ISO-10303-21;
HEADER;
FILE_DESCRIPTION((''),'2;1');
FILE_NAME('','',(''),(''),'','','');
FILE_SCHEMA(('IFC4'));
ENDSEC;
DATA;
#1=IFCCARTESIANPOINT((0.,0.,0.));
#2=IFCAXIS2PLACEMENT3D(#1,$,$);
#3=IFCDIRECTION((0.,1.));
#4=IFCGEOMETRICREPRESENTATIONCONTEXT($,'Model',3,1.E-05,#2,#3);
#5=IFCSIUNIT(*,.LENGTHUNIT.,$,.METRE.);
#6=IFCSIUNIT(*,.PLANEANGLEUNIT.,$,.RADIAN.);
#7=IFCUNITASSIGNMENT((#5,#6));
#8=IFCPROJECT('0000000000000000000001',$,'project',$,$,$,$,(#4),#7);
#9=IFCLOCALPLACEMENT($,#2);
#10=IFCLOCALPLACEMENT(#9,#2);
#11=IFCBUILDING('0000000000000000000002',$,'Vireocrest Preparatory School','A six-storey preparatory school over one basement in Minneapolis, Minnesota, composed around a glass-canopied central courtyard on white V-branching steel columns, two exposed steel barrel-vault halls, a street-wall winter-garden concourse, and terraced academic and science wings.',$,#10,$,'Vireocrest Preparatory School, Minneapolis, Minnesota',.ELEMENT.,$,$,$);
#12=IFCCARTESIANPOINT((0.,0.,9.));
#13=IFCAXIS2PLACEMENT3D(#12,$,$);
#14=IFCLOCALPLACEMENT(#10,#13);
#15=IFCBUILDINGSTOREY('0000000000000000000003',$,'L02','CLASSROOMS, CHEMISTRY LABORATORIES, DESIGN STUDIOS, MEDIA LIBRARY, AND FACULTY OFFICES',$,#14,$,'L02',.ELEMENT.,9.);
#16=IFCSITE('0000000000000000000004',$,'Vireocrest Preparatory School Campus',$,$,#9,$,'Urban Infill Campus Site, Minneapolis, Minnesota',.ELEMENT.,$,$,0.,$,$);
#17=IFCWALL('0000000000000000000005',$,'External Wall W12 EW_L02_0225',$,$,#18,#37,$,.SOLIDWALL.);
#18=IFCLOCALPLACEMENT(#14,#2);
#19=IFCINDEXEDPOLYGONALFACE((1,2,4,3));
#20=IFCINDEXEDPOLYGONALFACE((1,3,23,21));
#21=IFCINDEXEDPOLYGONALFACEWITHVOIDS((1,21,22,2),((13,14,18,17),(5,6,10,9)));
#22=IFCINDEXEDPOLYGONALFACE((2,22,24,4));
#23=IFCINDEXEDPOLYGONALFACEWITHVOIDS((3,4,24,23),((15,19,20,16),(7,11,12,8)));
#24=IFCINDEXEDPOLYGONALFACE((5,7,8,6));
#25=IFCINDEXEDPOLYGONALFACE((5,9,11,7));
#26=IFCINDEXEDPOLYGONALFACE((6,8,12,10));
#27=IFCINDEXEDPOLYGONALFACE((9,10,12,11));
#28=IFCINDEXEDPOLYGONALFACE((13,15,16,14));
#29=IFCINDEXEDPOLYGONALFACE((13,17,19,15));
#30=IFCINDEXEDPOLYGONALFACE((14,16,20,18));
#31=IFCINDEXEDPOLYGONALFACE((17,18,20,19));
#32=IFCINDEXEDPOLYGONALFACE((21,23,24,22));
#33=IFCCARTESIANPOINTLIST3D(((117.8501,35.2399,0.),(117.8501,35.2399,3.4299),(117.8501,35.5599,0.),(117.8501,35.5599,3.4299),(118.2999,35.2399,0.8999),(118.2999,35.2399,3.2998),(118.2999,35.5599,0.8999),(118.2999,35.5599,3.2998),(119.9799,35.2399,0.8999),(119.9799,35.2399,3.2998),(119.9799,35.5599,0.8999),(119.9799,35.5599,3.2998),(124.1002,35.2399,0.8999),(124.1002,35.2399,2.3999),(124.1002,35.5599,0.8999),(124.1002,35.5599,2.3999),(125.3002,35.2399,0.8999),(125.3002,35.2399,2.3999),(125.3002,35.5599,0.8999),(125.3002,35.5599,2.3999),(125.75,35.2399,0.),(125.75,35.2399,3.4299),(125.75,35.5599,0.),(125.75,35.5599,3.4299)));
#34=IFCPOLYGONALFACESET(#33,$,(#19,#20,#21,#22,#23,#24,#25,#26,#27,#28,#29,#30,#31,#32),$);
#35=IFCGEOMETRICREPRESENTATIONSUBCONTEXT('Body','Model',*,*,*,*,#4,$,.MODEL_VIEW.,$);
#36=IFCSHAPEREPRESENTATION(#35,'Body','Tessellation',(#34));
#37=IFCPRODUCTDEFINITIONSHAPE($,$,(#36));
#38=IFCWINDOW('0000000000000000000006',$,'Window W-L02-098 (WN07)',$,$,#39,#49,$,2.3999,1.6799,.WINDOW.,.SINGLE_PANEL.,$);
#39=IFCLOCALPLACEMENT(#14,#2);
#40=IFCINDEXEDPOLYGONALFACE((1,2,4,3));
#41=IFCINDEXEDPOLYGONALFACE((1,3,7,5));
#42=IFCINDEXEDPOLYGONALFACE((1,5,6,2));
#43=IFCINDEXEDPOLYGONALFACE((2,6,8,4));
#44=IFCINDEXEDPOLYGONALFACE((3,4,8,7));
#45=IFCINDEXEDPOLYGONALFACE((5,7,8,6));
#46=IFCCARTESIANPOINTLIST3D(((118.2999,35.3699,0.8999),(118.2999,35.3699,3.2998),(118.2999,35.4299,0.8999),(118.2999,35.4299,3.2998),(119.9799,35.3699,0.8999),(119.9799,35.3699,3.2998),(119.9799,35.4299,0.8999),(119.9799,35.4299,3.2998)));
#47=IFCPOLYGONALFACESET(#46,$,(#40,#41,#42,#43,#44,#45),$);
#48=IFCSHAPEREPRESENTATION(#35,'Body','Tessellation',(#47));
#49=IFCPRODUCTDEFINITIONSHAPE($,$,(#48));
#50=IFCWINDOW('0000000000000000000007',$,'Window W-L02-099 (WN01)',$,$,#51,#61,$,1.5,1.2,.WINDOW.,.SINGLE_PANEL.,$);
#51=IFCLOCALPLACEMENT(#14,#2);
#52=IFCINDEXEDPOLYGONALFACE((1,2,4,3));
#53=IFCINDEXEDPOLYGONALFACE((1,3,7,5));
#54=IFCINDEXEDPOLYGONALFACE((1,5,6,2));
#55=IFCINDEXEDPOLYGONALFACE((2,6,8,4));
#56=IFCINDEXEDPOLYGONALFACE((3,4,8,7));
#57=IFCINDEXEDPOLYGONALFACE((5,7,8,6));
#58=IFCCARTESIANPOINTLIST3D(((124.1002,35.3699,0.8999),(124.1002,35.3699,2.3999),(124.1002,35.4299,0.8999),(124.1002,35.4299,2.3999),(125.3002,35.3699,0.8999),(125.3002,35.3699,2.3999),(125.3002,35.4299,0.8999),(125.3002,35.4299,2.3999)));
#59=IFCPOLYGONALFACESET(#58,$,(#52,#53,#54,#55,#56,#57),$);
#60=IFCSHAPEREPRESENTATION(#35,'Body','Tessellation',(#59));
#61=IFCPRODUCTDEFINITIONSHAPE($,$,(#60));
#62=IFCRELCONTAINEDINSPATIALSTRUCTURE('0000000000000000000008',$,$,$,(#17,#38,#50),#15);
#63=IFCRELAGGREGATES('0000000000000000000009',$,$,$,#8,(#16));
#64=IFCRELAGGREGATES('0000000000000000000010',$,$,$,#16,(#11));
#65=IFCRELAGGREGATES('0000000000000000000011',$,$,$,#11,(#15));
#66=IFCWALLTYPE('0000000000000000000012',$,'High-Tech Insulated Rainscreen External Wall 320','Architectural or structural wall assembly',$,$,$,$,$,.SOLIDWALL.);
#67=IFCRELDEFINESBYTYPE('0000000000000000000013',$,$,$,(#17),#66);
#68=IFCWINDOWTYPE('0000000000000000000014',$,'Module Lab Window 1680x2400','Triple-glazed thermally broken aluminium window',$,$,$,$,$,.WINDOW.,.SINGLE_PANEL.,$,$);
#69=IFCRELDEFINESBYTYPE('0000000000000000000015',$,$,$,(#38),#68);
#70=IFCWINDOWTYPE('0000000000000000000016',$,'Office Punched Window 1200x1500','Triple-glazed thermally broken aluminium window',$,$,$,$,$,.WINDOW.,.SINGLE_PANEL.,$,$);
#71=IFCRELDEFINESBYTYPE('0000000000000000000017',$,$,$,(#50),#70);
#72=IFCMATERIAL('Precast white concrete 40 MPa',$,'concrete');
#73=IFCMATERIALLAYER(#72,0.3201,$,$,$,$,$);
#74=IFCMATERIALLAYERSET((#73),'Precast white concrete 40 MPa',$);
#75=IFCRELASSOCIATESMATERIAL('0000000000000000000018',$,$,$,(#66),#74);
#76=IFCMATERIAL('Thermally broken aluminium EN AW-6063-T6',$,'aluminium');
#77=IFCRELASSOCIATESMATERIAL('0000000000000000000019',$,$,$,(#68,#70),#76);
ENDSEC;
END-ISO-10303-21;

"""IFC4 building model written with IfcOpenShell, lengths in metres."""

from ifc_helpers import new_model, si_unit, direction, frame, frame_2d, origin, place, context, subcontext, project, spatial, rectangle, extrude, material, layer, layer_set, type_object, element, fill, save


model = new_model("IFC4")

# Units and contexts
model_context = context("Model", 3, precision=1e-05, world=origin(), true_north=direction((0.0, 1.0)))
body_context = subcontext(model_context, "Body", "Model", "MODEL_VIEW")
ifc_project = project(units=[si_unit("LENGTHUNIT", "METRE"), si_unit("PLANEANGLEUNIT", "RADIAN")], contexts=[model_context])

# Site, building, storey
site_placement = place(None, origin())
site = spatial("IfcSite", under=ifc_project, at=site_placement, Name="Vireocrest Preparatory School Campus", LongName="Urban Infill Campus Site, Minneapolis, Minnesota", CompositionType="ELEMENT", RefElevation=0.0)
building_placement = place(site_placement, origin())
building = spatial("IfcBuilding", under=site, at=building_placement, Name="Vireocrest Preparatory School", Description="A six-storey preparatory school over one basement in Minneapolis, Minnesota, composed around a glass-canopied central courtyard on white V-branching steel columns, two exposed steel barrel-vault halls, a street-wall winter-garden concourse, and terraced academic and science wings.", LongName="Vireocrest Preparatory School, Minneapolis, Minnesota", CompositionType="ELEMENT")
storey_placement = place(building_placement, frame((0.0, 0.0, 9.0)))
storey = spatial("IfcBuildingStorey", under=building, at=storey_placement, Name="L02", Description="CLASSROOMS, CHEMISTRY LABORATORIES, DESIGN STUDIOS, MEDIA LIBRARY, AND FACULTY OFFICES", LongName="L02", CompositionType="ELEMENT", Elevation=9.0)

# Shared definitions
ifc_material_1 = material(Name="Precast white concrete 40 MPa", Category="concrete")
ifc_layer_1 = layer(ifc_material_1, 0.3201)
ifc_layer_set_1 = layer_set([ifc_layer_1], Name="Precast white concrete 40 MPa")
wall_type_1 = type_object("IfcWallType", Name="High-Tech Insulated Rainscreen External Wall 320", Description="Architectural or structural wall assembly", PredefinedType="SOLIDWALL", material=ifc_layer_set_1)
ifc_material_2 = material(Name="Thermally broken aluminium EN AW-6063-T6", Category="aluminium")

# Wall, openings, windows
wall_1_placement = place(storey_placement, frame((117.8501, 35.3999, 0.0), z_axis=(0.0, 0.0, 1.0), x_axis=(1.0, 0.0, 0.0)))
wall_1 = element("IfcWall", 1, at=wall_1_placement, inside=storey, type_object=wall_type_1, Name="External Wall W12 EW_L02_0225", PredefinedType="SOLIDWALL", context=body_context, shape_type="SweptSolid", body=[
    extrude(rectangle(XDim=7.8999, YDim=0.3201, at=frame_2d((3.95, 0.0))), origin(), (0.0, 0.0, 1.0), 3.4299),
])
opening_1_placement = place(wall_1_placement, frame((0.45, 0.0, 0.8999)))
opening_1 = element("IfcOpeningElement", 2, at=opening_1_placement, cuts=wall_1, PredefinedType="OPENING", context=body_context, shape_type="SweptSolid", body=[
    extrude(rectangle(XDim=1.6799, YDim=2.3999, at=frame_2d((0.8398, 1.2))), frame((0.0, 0.1699, 0.0), z_axis=(0.0, -1.0, 0.0), x_axis=(1.0, 0.0, 0.0)), (0.0, 0.0, 1.0), 0.3401),
])
opening_2_placement = place(wall_1_placement, frame((6.25, 0.0, 0.8999)))
opening_2 = element("IfcOpeningElement", 3, at=opening_2_placement, cuts=wall_1, PredefinedType="OPENING", context=body_context, shape_type="SweptSolid", body=[
    extrude(rectangle(XDim=1.2, YDim=1.5, at=frame_2d((0.6001, 0.75))), frame((0.0, 0.1699, 0.0), z_axis=(0.0, -1.0, 0.0), x_axis=(1.0, 0.0, 0.0)), (0.0, 0.0, 1.0), 0.3401),
])
window_type_1 = type_object("IfcWindowType", Name="Module Lab Window 1680x2400", Description="Triple-glazed thermally broken aluminium window", PartitioningType="SINGLE_PANEL", PredefinedType="WINDOW", material=ifc_material_2)
window_1_placement = place(opening_1_placement, origin())
window_1 = element("IfcWindow", 4, at=window_1_placement, inside=storey, type_object=window_type_1, Name="Window W-L02-098 (WN07)", OverallHeight=2.3999, OverallWidth=1.6799, PartitioningType="SINGLE_PANEL", PredefinedType="WINDOW", context=body_context, shape_type="SweptSolid", body=[
    extrude(rectangle(XDim=1.6799, YDim=2.3999, at=frame_2d((0.8398, 1.2))), frame((0.0, 0.03, 0.0), z_axis=(0.0, -1.0, 0.0), x_axis=(1.0, 0.0, 0.0)), (0.0, 0.0, 1.0), 0.0601),
])
fill(opening_1, window_1)
window_type_2 = type_object("IfcWindowType", Name="Office Punched Window 1200x1500", Description="Triple-glazed thermally broken aluminium window", PartitioningType="SINGLE_PANEL", PredefinedType="WINDOW", material=ifc_material_2)
window_2_placement = place(opening_2_placement, origin())
window_2 = element("IfcWindow", 5, at=window_2_placement, inside=storey, type_object=window_type_2, Name="Window W-L02-099 (WN01)", OverallHeight=1.5, OverallWidth=1.2, PartitioningType="SINGLE_PANEL", PredefinedType="WINDOW", context=body_context, shape_type="SweptSolid", body=[
    extrude(rectangle(XDim=1.2, YDim=1.5, at=frame_2d((0.6001, 0.75))), frame((0.0, 0.03, 0.0), z_axis=(0.0, -1.0, 0.0), x_axis=(1.0, 0.0, 0.0)), (0.0, 0.0, 1.0), 0.0601),
])
fill(opening_2, window_2)

save(model, "model.ifc")
